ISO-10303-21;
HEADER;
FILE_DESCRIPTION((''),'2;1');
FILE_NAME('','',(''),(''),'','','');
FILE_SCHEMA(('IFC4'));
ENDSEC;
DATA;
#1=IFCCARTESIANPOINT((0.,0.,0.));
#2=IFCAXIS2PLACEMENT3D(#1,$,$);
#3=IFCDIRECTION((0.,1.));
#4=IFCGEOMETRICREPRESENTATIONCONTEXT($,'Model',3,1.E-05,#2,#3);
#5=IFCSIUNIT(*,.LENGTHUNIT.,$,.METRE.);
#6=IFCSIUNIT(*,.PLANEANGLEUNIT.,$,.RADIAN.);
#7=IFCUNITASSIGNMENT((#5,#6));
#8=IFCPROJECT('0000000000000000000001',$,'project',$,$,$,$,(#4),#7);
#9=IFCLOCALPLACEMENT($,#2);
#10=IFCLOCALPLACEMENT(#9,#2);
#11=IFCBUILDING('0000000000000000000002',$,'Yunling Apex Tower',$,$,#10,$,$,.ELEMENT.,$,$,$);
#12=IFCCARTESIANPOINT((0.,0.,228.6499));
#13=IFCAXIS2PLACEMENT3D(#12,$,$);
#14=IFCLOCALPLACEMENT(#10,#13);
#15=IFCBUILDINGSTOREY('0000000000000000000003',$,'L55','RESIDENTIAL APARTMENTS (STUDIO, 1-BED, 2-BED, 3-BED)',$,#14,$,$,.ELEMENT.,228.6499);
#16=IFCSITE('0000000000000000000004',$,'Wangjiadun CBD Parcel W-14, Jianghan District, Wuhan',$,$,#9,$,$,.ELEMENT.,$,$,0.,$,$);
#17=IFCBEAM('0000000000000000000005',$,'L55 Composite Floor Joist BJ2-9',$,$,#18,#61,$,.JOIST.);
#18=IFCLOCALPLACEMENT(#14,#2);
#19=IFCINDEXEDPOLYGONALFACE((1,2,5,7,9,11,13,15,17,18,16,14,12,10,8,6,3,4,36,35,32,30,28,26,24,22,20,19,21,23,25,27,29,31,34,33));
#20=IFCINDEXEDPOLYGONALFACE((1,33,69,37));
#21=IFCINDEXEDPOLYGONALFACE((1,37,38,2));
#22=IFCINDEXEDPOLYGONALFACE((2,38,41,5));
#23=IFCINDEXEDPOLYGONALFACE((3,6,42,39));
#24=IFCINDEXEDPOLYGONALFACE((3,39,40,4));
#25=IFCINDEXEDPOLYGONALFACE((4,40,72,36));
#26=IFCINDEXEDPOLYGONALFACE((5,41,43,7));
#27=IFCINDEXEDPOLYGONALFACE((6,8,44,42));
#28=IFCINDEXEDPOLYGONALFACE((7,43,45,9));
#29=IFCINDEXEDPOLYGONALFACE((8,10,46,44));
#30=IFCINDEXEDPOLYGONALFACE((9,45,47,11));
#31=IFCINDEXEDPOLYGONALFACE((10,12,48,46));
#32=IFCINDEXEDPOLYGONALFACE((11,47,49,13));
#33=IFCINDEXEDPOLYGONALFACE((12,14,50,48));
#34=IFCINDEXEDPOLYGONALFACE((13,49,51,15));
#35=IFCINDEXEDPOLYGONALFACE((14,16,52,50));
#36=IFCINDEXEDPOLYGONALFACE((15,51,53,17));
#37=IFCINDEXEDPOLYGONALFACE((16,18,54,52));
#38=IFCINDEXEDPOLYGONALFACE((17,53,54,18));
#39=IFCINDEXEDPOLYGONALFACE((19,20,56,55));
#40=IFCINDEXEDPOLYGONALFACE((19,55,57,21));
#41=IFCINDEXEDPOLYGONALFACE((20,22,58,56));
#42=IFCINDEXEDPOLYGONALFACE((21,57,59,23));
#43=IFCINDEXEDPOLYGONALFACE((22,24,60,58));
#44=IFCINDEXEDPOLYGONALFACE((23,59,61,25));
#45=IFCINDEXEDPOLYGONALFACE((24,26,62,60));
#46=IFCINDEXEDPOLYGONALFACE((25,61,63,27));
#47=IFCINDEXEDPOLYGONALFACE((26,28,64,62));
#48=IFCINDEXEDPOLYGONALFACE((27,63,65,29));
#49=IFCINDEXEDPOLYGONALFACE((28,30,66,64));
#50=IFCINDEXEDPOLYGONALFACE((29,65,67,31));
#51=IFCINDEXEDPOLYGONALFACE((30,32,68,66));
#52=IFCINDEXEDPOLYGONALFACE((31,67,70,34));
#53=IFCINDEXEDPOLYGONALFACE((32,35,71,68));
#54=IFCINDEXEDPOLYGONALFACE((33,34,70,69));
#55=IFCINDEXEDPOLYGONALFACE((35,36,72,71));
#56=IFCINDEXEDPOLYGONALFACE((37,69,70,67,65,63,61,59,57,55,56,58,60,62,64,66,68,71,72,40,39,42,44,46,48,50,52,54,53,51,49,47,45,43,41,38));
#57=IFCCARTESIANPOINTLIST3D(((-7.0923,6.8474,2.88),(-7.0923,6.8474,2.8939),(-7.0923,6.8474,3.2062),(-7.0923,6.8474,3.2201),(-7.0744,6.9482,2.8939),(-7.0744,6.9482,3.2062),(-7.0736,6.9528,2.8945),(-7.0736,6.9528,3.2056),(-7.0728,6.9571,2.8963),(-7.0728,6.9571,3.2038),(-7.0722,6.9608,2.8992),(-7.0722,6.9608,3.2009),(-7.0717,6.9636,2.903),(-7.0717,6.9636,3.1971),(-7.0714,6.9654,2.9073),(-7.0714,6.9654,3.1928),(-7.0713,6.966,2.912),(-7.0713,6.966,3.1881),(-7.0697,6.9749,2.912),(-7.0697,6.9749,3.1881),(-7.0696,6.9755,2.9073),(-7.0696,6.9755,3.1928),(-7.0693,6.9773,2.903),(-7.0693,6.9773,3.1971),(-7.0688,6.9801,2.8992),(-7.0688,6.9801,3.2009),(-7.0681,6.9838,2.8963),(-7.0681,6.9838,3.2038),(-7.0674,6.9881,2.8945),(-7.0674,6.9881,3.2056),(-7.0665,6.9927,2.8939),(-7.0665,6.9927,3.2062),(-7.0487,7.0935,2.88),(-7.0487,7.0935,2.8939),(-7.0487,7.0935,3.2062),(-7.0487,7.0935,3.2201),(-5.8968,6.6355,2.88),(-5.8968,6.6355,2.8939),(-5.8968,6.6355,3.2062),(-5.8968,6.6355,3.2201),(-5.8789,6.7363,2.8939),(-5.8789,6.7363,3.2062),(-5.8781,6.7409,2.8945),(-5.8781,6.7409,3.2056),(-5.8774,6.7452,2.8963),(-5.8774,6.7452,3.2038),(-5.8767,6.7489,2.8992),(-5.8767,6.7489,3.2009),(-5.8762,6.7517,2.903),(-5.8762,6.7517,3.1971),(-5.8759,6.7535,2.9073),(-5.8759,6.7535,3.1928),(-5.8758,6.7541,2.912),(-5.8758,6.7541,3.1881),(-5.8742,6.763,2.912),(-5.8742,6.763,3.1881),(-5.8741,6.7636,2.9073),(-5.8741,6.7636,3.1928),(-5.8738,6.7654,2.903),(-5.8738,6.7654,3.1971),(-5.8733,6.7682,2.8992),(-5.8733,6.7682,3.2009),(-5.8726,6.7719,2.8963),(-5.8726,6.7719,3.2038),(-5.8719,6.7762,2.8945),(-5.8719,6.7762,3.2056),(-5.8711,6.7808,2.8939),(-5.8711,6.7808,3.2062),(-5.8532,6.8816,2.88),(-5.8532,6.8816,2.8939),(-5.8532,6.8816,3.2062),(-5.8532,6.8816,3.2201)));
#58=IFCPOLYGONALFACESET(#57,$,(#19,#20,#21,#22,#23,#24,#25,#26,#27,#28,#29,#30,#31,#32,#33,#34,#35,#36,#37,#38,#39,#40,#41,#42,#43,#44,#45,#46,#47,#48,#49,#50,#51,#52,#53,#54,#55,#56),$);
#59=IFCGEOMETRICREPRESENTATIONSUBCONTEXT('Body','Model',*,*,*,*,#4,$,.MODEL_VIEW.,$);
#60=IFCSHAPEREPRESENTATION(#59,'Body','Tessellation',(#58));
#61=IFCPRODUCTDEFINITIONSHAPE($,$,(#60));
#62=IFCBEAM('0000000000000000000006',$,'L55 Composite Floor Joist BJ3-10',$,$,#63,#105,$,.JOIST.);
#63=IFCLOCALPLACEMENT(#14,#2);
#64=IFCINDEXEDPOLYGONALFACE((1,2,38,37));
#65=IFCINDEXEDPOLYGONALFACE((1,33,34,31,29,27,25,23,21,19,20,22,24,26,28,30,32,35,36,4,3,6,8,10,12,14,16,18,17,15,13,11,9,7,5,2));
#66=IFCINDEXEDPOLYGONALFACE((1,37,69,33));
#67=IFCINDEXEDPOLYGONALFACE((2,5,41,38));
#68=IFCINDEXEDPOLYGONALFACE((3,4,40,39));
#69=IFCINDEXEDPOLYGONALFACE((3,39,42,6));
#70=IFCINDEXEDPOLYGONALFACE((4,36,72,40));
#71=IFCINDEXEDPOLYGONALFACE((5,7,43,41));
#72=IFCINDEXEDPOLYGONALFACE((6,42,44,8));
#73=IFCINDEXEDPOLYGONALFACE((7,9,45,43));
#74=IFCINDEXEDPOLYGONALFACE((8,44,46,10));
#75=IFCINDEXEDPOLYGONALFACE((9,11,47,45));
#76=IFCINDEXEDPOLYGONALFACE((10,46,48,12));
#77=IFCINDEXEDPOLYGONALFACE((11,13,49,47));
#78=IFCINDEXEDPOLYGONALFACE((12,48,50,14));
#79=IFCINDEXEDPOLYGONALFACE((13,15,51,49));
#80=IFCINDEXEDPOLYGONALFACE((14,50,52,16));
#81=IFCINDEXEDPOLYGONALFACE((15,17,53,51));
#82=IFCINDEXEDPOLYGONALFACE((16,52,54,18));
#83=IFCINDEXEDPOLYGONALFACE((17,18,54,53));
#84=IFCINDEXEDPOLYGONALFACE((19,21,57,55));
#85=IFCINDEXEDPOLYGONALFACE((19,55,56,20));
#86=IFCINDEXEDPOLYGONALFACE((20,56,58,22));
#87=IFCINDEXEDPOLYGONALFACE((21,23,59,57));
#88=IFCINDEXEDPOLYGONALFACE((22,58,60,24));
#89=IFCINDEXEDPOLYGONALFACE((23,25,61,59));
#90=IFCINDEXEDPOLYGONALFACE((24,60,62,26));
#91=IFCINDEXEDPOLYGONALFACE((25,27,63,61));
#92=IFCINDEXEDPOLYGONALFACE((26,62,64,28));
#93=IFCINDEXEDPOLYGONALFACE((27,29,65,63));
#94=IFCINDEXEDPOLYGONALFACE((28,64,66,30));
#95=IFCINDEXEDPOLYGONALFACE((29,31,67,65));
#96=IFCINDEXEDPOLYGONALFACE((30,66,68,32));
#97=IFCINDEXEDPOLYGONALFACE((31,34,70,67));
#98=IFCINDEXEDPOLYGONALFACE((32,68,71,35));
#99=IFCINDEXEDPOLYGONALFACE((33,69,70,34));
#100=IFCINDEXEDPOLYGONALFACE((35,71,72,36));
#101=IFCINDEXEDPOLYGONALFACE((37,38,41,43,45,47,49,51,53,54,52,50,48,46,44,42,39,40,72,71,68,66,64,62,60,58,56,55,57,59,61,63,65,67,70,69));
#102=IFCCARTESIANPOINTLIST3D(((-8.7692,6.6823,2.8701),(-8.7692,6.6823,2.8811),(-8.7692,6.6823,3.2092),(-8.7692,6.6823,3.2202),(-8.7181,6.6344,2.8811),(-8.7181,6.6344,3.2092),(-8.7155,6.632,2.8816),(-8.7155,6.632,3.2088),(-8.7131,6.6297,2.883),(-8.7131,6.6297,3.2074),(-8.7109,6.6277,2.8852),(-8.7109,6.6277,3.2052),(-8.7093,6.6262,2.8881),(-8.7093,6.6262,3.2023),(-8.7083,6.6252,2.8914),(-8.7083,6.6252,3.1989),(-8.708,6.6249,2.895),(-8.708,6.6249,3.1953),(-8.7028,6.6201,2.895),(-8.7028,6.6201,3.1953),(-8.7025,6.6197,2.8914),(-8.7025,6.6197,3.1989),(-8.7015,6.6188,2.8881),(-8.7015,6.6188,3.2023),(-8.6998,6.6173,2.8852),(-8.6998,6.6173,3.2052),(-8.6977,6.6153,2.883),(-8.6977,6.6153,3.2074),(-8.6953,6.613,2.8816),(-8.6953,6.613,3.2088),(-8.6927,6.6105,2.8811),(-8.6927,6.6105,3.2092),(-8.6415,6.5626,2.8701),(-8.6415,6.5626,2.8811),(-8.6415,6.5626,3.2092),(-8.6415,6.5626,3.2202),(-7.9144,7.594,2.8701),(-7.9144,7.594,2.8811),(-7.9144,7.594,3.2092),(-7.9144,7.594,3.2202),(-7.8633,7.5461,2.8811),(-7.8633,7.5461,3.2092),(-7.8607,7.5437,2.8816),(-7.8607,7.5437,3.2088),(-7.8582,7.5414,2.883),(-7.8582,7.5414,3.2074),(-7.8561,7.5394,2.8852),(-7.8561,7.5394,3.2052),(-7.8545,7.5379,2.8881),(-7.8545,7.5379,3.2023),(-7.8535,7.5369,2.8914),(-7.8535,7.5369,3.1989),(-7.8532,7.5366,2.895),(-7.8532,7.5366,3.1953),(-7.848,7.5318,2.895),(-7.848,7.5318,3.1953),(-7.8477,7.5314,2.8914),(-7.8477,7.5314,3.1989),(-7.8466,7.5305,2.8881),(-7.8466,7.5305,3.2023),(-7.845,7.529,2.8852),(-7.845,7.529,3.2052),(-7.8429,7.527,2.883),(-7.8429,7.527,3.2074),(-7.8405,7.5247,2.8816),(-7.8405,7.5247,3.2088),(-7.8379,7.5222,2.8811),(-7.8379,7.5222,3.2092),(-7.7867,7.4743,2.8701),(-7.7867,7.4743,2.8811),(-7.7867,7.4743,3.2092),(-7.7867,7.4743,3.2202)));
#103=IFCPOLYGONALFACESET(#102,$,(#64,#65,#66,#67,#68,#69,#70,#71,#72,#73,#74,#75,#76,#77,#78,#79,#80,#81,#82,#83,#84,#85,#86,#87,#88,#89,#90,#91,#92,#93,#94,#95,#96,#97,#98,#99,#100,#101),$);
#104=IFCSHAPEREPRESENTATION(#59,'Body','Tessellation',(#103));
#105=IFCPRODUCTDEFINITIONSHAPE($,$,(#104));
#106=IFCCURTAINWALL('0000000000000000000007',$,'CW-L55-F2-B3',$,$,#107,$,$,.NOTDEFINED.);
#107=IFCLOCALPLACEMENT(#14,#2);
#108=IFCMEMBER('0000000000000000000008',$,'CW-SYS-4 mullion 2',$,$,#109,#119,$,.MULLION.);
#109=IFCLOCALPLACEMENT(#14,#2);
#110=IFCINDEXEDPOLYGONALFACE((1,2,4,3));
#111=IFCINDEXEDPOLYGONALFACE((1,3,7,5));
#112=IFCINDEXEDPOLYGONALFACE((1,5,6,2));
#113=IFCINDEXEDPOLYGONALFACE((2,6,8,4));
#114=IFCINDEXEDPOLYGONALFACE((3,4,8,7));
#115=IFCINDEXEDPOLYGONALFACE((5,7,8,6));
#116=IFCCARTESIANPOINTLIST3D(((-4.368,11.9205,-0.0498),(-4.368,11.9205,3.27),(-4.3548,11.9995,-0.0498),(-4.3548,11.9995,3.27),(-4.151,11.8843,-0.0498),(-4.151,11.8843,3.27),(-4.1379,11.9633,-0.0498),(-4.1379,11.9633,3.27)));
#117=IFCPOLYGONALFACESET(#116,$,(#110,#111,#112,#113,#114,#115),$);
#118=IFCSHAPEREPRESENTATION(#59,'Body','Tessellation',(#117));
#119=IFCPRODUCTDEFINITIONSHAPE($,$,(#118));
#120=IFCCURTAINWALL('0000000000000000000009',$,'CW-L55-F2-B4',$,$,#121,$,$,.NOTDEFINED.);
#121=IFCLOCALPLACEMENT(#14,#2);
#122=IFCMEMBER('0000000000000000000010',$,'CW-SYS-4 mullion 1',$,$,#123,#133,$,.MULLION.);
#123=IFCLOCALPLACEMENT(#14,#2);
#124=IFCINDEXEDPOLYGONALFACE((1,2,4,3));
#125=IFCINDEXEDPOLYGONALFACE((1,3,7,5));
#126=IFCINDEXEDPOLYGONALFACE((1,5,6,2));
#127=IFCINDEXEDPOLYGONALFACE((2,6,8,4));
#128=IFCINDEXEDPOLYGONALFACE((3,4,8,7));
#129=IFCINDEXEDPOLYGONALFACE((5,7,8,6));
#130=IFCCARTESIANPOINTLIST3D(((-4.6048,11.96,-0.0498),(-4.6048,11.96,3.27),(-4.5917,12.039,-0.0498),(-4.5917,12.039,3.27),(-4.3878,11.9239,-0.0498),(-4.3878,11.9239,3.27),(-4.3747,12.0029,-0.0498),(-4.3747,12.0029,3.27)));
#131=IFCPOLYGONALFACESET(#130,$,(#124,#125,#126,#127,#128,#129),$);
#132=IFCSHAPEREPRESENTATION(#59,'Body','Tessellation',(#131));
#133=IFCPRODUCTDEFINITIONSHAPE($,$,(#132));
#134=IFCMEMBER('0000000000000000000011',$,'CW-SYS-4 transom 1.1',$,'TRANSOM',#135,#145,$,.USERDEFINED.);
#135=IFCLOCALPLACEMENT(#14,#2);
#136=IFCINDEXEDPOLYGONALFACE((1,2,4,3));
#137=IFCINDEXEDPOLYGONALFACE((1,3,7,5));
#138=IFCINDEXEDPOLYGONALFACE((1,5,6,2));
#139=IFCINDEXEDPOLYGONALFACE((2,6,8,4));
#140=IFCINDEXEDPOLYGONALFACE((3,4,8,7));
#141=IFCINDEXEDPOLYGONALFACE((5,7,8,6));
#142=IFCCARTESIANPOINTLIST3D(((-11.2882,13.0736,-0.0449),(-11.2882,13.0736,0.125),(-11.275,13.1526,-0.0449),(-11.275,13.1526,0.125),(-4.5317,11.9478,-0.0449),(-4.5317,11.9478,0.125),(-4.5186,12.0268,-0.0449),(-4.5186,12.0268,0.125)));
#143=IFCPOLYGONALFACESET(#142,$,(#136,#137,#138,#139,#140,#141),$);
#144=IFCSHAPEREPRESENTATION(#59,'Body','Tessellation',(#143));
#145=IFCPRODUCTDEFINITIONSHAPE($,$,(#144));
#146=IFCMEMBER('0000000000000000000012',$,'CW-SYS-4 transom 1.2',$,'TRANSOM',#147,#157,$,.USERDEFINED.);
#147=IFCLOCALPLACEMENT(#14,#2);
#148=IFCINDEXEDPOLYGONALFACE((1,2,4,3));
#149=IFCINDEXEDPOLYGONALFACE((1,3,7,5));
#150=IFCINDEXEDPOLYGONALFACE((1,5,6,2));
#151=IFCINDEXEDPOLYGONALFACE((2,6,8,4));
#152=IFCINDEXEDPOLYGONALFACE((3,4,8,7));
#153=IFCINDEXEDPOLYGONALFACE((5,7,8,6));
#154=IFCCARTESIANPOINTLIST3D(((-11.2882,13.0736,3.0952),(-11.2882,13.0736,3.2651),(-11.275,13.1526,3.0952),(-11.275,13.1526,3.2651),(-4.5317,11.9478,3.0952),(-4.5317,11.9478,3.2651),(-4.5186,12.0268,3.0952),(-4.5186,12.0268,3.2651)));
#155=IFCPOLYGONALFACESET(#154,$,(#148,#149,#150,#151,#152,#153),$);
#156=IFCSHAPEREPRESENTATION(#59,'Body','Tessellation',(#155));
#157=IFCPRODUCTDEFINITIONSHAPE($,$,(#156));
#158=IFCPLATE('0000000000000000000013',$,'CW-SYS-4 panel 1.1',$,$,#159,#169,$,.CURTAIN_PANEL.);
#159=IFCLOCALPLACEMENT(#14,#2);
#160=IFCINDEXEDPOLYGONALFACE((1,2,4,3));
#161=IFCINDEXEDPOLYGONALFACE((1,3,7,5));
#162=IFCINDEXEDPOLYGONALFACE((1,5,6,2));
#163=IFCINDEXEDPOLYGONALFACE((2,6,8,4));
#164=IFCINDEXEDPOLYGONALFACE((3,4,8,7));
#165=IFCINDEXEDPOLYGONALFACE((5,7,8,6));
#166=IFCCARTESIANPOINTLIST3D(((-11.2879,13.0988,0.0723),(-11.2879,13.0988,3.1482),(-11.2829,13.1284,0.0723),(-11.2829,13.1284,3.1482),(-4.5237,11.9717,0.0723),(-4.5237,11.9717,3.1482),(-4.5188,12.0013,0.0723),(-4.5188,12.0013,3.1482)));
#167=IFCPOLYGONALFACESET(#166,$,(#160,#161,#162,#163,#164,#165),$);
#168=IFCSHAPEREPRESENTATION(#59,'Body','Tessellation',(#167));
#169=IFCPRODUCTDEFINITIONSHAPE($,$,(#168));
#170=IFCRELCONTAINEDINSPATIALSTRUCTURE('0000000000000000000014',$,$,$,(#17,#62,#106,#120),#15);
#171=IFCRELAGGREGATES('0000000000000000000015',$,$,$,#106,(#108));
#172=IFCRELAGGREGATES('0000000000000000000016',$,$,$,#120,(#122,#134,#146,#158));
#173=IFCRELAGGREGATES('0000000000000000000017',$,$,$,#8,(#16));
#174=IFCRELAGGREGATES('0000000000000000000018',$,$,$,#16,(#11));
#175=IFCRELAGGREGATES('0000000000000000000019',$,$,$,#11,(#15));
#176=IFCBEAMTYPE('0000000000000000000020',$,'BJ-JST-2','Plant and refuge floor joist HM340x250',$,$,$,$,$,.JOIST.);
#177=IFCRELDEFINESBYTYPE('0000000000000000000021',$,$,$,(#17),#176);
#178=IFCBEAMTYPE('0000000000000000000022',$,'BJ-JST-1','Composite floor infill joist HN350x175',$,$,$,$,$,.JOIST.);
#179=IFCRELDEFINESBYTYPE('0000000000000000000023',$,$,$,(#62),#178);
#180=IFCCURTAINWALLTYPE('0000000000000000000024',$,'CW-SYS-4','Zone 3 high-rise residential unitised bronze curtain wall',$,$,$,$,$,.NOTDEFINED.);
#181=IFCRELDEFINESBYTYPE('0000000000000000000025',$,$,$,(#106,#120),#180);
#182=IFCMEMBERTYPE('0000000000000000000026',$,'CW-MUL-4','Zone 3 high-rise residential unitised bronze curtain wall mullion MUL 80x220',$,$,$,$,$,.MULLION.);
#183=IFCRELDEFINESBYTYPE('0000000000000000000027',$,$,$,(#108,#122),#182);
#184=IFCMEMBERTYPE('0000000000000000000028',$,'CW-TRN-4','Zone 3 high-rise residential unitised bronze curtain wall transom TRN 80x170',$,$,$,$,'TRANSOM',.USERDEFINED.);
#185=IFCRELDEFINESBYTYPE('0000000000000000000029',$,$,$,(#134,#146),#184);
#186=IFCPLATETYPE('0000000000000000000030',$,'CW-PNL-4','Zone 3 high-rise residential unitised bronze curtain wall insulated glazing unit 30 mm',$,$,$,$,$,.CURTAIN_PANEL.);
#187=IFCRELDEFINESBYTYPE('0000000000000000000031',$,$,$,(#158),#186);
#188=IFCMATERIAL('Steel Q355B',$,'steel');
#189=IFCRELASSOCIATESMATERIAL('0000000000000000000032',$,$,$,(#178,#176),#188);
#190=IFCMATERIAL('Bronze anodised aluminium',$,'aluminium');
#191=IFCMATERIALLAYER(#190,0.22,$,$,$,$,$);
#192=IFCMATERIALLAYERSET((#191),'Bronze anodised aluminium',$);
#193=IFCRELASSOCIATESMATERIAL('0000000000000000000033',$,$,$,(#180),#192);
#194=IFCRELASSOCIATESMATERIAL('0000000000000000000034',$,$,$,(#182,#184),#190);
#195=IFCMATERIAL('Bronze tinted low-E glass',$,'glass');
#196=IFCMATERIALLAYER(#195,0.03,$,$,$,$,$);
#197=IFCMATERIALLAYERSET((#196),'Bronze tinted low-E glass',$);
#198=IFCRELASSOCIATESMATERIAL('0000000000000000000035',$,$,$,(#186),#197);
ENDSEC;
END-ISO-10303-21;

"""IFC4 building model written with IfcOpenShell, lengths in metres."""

from ifc_helpers import new_model, si_unit, direction, frame, origin, origin_2d, place, context, subcontext, project, spatial, rectangle, i_section, extrude, source, transform, mapped, material, layer, layer_set, material_profile, profile_set, type_object, element, aggregate, save


model = new_model("IFC4")

# Units and contexts
model_context = context("Model", 3, precision=1e-05, world=origin(), true_north=direction((0.0, 1.0)))
body_context = subcontext(model_context, "Body", "Model", "MODEL_VIEW")
ifc_project = project(units=[si_unit("LENGTHUNIT", "METRE"), si_unit("PLANEANGLEUNIT", "RADIAN")], contexts=[model_context])

# Site, building, storey
site_placement = place(None, origin())
site = spatial("IfcSite", under=ifc_project, at=site_placement, Name="Wangjiadun CBD Parcel W-14, Jianghan District, Wuhan", CompositionType="ELEMENT", RefElevation=0.0)
building_placement = place(site_placement, origin())
building = spatial("IfcBuilding", under=site, at=building_placement, Name="Yunling Apex Tower", CompositionType="ELEMENT")
storey_placement = place(building_placement, frame((0.0, 0.0, 228.6499)))
storey = spatial("IfcBuildingStorey", under=building, at=storey_placement, Name="L55", Description="RESIDENTIAL APARTMENTS (STUDIO, 1-BED, 2-BED, 3-BED)", CompositionType="ELEMENT", Elevation=228.6499)

# Beams
ifc_material_1 = material(Name="Steel Q355B", Category="steel")
ifc_material_profile_1 = material_profile(ifc_material_1, i_section(OverallWidth=0.175, OverallDepth=0.3501, WebThickness=0.0071, FlangeThickness=0.011, FilletRadius=0.0139, at=origin_2d()))
ifc_profile_set_1 = profile_set([ifc_material_profile_1], Name="Steel Q355B")
beam_type_1 = type_object("IfcBeamType", Name="BJ-JST-1", Description="Composite floor infill joist HN350x175", PredefinedType="JOIST", material=ifc_profile_set_1)
ifc_material_profile_2 = material_profile(ifc_material_1, i_section(OverallWidth=0.25, OverallDepth=0.3401, WebThickness=0.009, FlangeThickness=0.0139, FilletRadius=0.0181, at=origin_2d()))
ifc_profile_set_2 = profile_set([ifc_material_profile_2], Name="Steel Q355B")
beam_type_2 = type_object("IfcBeamType", Name="BJ-JST-2", Description="Plant and refuge floor joist HM340x250", PredefinedType="JOIST", material=ifc_profile_set_2)
shared_shape_1 = source(origin(), body_context, "Body", "SweptSolid", [
    extrude(i_section(OverallWidth=0.25, OverallDepth=0.3401, WebThickness=0.009, FlangeThickness=0.0139, FilletRadius=0.0181, at=origin_2d()), origin(), (0.0, 0.0, 1.0), 1.2141),
])
beam_1_placement = place(storey_placement, frame((-5.875, 6.7585, 3.05), z_axis=(-0.984652, 0.174531, 0.0), x_axis=(-0.174531, -0.984652, 0.0)))
element("IfcBeam", 1, at=beam_1_placement, inside=storey, type_object=beam_type_2, Name="L55 Composite Floor Joist BJ2-9", PredefinedType="JOIST", context=body_context, shape_type="MappedRepresentation", body=[
    mapped(shared_shape_1, transform((0.0, 0.0, 0.0), scale=1.0)),
])
shared_shape_2 = source(origin(), body_context, "Body", "SweptSolid", [
    extrude(i_section(OverallWidth=0.175, OverallDepth=0.3501, WebThickness=0.0071, FlangeThickness=0.011, FilletRadius=0.0139, at=origin_2d()), origin(), (0.0, 0.0, 1.0), 1.2498),
])
beam_2_placement = place(storey_placement, frame((-7.8506, 7.5342, 3.0452), z_axis=(-0.68398, -0.729501, 0.0), x_axis=(0.729501, -0.68398, 0.0)))
element("IfcBeam", 2, at=beam_2_placement, inside=storey, type_object=beam_type_1, Name="L55 Composite Floor Joist BJ3-10", PredefinedType="JOIST", context=body_context, shape_type="MappedRepresentation", body=[
    mapped(shared_shape_2, transform((0.0, 0.0, 0.0), scale=1.0)),
])

# Curtain wall, member
ifc_material_2 = material(Name="Bronze anodised aluminium", Category="aluminium")
ifc_layer_1 = layer(ifc_material_2, 0.22)
ifc_layer_set_1 = layer_set([ifc_layer_1], Name="Bronze anodised aluminium")
curtain_wall_type = type_object("IfcCurtainWallType", Name="CW-SYS-4", Description="Zone 3 high-rise residential unitised bronze curtain wall", PredefinedType="NOTDEFINED", material=ifc_layer_set_1)
curtain_wall_1_placement = place(storey_placement, origin())
curtain_wall_1 = element("IfcCurtainWall", 3, at=curtain_wall_1_placement, inside=storey, type_object=curtain_wall_type, Name="CW-L55-F2-B3", PredefinedType="NOTDEFINED")
ifc_material_profile_3 = material_profile(ifc_material_2, rectangle(XDim=0.0801, YDim=0.22, at=origin_2d()))
ifc_profile_set_3 = profile_set([ifc_material_profile_3], Name="Bronze anodised aluminium")
member_type_1 = type_object("IfcMemberType", Name="CW-MUL-4", Description="Zone 3 high-rise residential unitised bronze curtain wall mullion MUL 80x220", PredefinedType="MULLION", material=ifc_profile_set_3)
shared_shape_3 = source(origin(), body_context, "Body", "SweptSolid", [
    extrude(rectangle(XDim=0.0801, YDim=0.22, at=origin_2d()), origin(), (0.0, 0.0, 1.0), 3.3198),
])
member_1_placement = place(storey_placement, frame((-4.2529, 11.9419, -0.0498), z_axis=(0.0, 0.0, 1.0), x_axis=(-0.164353, -0.986402, 0.0)))
member_1 = element("IfcMember", 4, at=member_1_placement, type_object=member_type_1, Name="CW-SYS-4 mullion 2", PredefinedType="MULLION", context=body_context, shape_type="MappedRepresentation", body=[
    mapped(shared_shape_3, transform((0.0, 0.0, 0.0), scale=1.0)),
])
aggregate(curtain_wall_1, [member_1])

# Curtain wall, members, plate
curtain_wall_2_placement = place(storey_placement, origin())
curtain_wall_2 = element("IfcCurtainWall", 5, at=curtain_wall_2_placement, inside=storey, type_object=curtain_wall_type, Name="CW-L55-F2-B4", PredefinedType="NOTDEFINED")
member_2_placement = place(storey_placement, frame((-4.4897, 11.9814, -0.0498), z_axis=(0.0, 0.0, 1.0), x_axis=(-0.164353, -0.986402, 0.0)))
member_2 = element("IfcMember", 6, at=member_2_placement, type_object=member_type_1, Name="CW-SYS-4 mullion 1", PredefinedType="MULLION", context=body_context, shape_type="MappedRepresentation", body=[
    mapped(shared_shape_3, transform((0.0, 0.0, 0.0), scale=1.0)),
])
ifc_material_profile_4 = material_profile(ifc_material_2, rectangle(XDim=0.0801, YDim=0.1699, at=origin_2d()))
ifc_profile_set_4 = profile_set([ifc_material_profile_4], Name="Bronze anodised aluminium")
member_type_2 = type_object("IfcMemberType", Name="CW-TRN-4", Description="Zone 3 high-rise residential unitised bronze curtain wall transom TRN 80x170", ElementType="TRANSOM", PredefinedType="USERDEFINED", material=ifc_profile_set_4)
shared_shape_4 = source(origin(), body_context, "Body", "SweptSolid", [
    extrude(rectangle(XDim=0.0801, YDim=0.1699, at=origin_2d()), origin(), (0.0, 0.0, 1.0), 6.8496),
])
member_3_placement = place(storey_placement, frame((-4.5251, 11.9873, 0.04), z_axis=(-0.986402, 0.164353, 0.0), x_axis=(-0.164353, -0.986402, 0.0)))
member_3 = element("IfcMember", 7, at=member_3_placement, type_object=member_type_2, Name="CW-SYS-4 transom 1.1", ObjectType="TRANSOM", PredefinedType="USERDEFINED", context=body_context, shape_type="MappedRepresentation", body=[
    mapped(shared_shape_4, transform((0.0, 0.0, 0.0), scale=1.0)),
])
member_4_placement = place(storey_placement, frame((-4.5251, 11.9873, 3.1802), z_axis=(-0.986402, 0.164353, 0.0), x_axis=(-0.164353, -0.986402, 0.0)))
member_4 = element("IfcMember", 8, at=member_4_placement, type_object=member_type_2, Name="CW-SYS-4 transom 1.2", ObjectType="TRANSOM", PredefinedType="USERDEFINED", context=body_context, shape_type="MappedRepresentation", body=[
    mapped(shared_shape_4, transform((0.0, 0.0, 0.0), scale=1.0)),
])
ifc_material_3 = material(Name="Bronze tinted low-E glass", Category="glass")
ifc_layer_2 = layer(ifc_material_3, 0.03)
ifc_layer_set_2 = layer_set([ifc_layer_2], Name="Bronze tinted low-E glass")
plate_type = type_object("IfcPlateType", Name="CW-PNL-4", Description="Zone 3 high-rise residential unitised bronze curtain wall insulated glazing unit 30 mm", PredefinedType="CURTAIN_PANEL", material=ifc_layer_set_2)
shared_shape_5 = source(origin(), body_context, "Body", "SweptSolid", [
    extrude(rectangle(XDim=6.8574, YDim=0.03, at=origin_2d()), origin(), (0.0, 0.0, 1.0), 3.0759),
])
plate_placement = place(storey_placement, frame((-7.9033, 12.55, 0.0723), z_axis=(0.0, 0.0, 1.0), x_axis=(-0.986402, 0.164353, 0.0)))
plate = element("IfcPlate", 9, at=plate_placement, type_object=plate_type, Name="CW-SYS-4 panel 1.1", PredefinedType="CURTAIN_PANEL", context=body_context, shape_type="MappedRepresentation", body=[
    mapped(shared_shape_5, transform((0.0, 0.0, 0.0), scale=1.0)),
])
aggregate(curtain_wall_2, [member_2, member_3, member_4, plate])

save(model, "model.ifc")
